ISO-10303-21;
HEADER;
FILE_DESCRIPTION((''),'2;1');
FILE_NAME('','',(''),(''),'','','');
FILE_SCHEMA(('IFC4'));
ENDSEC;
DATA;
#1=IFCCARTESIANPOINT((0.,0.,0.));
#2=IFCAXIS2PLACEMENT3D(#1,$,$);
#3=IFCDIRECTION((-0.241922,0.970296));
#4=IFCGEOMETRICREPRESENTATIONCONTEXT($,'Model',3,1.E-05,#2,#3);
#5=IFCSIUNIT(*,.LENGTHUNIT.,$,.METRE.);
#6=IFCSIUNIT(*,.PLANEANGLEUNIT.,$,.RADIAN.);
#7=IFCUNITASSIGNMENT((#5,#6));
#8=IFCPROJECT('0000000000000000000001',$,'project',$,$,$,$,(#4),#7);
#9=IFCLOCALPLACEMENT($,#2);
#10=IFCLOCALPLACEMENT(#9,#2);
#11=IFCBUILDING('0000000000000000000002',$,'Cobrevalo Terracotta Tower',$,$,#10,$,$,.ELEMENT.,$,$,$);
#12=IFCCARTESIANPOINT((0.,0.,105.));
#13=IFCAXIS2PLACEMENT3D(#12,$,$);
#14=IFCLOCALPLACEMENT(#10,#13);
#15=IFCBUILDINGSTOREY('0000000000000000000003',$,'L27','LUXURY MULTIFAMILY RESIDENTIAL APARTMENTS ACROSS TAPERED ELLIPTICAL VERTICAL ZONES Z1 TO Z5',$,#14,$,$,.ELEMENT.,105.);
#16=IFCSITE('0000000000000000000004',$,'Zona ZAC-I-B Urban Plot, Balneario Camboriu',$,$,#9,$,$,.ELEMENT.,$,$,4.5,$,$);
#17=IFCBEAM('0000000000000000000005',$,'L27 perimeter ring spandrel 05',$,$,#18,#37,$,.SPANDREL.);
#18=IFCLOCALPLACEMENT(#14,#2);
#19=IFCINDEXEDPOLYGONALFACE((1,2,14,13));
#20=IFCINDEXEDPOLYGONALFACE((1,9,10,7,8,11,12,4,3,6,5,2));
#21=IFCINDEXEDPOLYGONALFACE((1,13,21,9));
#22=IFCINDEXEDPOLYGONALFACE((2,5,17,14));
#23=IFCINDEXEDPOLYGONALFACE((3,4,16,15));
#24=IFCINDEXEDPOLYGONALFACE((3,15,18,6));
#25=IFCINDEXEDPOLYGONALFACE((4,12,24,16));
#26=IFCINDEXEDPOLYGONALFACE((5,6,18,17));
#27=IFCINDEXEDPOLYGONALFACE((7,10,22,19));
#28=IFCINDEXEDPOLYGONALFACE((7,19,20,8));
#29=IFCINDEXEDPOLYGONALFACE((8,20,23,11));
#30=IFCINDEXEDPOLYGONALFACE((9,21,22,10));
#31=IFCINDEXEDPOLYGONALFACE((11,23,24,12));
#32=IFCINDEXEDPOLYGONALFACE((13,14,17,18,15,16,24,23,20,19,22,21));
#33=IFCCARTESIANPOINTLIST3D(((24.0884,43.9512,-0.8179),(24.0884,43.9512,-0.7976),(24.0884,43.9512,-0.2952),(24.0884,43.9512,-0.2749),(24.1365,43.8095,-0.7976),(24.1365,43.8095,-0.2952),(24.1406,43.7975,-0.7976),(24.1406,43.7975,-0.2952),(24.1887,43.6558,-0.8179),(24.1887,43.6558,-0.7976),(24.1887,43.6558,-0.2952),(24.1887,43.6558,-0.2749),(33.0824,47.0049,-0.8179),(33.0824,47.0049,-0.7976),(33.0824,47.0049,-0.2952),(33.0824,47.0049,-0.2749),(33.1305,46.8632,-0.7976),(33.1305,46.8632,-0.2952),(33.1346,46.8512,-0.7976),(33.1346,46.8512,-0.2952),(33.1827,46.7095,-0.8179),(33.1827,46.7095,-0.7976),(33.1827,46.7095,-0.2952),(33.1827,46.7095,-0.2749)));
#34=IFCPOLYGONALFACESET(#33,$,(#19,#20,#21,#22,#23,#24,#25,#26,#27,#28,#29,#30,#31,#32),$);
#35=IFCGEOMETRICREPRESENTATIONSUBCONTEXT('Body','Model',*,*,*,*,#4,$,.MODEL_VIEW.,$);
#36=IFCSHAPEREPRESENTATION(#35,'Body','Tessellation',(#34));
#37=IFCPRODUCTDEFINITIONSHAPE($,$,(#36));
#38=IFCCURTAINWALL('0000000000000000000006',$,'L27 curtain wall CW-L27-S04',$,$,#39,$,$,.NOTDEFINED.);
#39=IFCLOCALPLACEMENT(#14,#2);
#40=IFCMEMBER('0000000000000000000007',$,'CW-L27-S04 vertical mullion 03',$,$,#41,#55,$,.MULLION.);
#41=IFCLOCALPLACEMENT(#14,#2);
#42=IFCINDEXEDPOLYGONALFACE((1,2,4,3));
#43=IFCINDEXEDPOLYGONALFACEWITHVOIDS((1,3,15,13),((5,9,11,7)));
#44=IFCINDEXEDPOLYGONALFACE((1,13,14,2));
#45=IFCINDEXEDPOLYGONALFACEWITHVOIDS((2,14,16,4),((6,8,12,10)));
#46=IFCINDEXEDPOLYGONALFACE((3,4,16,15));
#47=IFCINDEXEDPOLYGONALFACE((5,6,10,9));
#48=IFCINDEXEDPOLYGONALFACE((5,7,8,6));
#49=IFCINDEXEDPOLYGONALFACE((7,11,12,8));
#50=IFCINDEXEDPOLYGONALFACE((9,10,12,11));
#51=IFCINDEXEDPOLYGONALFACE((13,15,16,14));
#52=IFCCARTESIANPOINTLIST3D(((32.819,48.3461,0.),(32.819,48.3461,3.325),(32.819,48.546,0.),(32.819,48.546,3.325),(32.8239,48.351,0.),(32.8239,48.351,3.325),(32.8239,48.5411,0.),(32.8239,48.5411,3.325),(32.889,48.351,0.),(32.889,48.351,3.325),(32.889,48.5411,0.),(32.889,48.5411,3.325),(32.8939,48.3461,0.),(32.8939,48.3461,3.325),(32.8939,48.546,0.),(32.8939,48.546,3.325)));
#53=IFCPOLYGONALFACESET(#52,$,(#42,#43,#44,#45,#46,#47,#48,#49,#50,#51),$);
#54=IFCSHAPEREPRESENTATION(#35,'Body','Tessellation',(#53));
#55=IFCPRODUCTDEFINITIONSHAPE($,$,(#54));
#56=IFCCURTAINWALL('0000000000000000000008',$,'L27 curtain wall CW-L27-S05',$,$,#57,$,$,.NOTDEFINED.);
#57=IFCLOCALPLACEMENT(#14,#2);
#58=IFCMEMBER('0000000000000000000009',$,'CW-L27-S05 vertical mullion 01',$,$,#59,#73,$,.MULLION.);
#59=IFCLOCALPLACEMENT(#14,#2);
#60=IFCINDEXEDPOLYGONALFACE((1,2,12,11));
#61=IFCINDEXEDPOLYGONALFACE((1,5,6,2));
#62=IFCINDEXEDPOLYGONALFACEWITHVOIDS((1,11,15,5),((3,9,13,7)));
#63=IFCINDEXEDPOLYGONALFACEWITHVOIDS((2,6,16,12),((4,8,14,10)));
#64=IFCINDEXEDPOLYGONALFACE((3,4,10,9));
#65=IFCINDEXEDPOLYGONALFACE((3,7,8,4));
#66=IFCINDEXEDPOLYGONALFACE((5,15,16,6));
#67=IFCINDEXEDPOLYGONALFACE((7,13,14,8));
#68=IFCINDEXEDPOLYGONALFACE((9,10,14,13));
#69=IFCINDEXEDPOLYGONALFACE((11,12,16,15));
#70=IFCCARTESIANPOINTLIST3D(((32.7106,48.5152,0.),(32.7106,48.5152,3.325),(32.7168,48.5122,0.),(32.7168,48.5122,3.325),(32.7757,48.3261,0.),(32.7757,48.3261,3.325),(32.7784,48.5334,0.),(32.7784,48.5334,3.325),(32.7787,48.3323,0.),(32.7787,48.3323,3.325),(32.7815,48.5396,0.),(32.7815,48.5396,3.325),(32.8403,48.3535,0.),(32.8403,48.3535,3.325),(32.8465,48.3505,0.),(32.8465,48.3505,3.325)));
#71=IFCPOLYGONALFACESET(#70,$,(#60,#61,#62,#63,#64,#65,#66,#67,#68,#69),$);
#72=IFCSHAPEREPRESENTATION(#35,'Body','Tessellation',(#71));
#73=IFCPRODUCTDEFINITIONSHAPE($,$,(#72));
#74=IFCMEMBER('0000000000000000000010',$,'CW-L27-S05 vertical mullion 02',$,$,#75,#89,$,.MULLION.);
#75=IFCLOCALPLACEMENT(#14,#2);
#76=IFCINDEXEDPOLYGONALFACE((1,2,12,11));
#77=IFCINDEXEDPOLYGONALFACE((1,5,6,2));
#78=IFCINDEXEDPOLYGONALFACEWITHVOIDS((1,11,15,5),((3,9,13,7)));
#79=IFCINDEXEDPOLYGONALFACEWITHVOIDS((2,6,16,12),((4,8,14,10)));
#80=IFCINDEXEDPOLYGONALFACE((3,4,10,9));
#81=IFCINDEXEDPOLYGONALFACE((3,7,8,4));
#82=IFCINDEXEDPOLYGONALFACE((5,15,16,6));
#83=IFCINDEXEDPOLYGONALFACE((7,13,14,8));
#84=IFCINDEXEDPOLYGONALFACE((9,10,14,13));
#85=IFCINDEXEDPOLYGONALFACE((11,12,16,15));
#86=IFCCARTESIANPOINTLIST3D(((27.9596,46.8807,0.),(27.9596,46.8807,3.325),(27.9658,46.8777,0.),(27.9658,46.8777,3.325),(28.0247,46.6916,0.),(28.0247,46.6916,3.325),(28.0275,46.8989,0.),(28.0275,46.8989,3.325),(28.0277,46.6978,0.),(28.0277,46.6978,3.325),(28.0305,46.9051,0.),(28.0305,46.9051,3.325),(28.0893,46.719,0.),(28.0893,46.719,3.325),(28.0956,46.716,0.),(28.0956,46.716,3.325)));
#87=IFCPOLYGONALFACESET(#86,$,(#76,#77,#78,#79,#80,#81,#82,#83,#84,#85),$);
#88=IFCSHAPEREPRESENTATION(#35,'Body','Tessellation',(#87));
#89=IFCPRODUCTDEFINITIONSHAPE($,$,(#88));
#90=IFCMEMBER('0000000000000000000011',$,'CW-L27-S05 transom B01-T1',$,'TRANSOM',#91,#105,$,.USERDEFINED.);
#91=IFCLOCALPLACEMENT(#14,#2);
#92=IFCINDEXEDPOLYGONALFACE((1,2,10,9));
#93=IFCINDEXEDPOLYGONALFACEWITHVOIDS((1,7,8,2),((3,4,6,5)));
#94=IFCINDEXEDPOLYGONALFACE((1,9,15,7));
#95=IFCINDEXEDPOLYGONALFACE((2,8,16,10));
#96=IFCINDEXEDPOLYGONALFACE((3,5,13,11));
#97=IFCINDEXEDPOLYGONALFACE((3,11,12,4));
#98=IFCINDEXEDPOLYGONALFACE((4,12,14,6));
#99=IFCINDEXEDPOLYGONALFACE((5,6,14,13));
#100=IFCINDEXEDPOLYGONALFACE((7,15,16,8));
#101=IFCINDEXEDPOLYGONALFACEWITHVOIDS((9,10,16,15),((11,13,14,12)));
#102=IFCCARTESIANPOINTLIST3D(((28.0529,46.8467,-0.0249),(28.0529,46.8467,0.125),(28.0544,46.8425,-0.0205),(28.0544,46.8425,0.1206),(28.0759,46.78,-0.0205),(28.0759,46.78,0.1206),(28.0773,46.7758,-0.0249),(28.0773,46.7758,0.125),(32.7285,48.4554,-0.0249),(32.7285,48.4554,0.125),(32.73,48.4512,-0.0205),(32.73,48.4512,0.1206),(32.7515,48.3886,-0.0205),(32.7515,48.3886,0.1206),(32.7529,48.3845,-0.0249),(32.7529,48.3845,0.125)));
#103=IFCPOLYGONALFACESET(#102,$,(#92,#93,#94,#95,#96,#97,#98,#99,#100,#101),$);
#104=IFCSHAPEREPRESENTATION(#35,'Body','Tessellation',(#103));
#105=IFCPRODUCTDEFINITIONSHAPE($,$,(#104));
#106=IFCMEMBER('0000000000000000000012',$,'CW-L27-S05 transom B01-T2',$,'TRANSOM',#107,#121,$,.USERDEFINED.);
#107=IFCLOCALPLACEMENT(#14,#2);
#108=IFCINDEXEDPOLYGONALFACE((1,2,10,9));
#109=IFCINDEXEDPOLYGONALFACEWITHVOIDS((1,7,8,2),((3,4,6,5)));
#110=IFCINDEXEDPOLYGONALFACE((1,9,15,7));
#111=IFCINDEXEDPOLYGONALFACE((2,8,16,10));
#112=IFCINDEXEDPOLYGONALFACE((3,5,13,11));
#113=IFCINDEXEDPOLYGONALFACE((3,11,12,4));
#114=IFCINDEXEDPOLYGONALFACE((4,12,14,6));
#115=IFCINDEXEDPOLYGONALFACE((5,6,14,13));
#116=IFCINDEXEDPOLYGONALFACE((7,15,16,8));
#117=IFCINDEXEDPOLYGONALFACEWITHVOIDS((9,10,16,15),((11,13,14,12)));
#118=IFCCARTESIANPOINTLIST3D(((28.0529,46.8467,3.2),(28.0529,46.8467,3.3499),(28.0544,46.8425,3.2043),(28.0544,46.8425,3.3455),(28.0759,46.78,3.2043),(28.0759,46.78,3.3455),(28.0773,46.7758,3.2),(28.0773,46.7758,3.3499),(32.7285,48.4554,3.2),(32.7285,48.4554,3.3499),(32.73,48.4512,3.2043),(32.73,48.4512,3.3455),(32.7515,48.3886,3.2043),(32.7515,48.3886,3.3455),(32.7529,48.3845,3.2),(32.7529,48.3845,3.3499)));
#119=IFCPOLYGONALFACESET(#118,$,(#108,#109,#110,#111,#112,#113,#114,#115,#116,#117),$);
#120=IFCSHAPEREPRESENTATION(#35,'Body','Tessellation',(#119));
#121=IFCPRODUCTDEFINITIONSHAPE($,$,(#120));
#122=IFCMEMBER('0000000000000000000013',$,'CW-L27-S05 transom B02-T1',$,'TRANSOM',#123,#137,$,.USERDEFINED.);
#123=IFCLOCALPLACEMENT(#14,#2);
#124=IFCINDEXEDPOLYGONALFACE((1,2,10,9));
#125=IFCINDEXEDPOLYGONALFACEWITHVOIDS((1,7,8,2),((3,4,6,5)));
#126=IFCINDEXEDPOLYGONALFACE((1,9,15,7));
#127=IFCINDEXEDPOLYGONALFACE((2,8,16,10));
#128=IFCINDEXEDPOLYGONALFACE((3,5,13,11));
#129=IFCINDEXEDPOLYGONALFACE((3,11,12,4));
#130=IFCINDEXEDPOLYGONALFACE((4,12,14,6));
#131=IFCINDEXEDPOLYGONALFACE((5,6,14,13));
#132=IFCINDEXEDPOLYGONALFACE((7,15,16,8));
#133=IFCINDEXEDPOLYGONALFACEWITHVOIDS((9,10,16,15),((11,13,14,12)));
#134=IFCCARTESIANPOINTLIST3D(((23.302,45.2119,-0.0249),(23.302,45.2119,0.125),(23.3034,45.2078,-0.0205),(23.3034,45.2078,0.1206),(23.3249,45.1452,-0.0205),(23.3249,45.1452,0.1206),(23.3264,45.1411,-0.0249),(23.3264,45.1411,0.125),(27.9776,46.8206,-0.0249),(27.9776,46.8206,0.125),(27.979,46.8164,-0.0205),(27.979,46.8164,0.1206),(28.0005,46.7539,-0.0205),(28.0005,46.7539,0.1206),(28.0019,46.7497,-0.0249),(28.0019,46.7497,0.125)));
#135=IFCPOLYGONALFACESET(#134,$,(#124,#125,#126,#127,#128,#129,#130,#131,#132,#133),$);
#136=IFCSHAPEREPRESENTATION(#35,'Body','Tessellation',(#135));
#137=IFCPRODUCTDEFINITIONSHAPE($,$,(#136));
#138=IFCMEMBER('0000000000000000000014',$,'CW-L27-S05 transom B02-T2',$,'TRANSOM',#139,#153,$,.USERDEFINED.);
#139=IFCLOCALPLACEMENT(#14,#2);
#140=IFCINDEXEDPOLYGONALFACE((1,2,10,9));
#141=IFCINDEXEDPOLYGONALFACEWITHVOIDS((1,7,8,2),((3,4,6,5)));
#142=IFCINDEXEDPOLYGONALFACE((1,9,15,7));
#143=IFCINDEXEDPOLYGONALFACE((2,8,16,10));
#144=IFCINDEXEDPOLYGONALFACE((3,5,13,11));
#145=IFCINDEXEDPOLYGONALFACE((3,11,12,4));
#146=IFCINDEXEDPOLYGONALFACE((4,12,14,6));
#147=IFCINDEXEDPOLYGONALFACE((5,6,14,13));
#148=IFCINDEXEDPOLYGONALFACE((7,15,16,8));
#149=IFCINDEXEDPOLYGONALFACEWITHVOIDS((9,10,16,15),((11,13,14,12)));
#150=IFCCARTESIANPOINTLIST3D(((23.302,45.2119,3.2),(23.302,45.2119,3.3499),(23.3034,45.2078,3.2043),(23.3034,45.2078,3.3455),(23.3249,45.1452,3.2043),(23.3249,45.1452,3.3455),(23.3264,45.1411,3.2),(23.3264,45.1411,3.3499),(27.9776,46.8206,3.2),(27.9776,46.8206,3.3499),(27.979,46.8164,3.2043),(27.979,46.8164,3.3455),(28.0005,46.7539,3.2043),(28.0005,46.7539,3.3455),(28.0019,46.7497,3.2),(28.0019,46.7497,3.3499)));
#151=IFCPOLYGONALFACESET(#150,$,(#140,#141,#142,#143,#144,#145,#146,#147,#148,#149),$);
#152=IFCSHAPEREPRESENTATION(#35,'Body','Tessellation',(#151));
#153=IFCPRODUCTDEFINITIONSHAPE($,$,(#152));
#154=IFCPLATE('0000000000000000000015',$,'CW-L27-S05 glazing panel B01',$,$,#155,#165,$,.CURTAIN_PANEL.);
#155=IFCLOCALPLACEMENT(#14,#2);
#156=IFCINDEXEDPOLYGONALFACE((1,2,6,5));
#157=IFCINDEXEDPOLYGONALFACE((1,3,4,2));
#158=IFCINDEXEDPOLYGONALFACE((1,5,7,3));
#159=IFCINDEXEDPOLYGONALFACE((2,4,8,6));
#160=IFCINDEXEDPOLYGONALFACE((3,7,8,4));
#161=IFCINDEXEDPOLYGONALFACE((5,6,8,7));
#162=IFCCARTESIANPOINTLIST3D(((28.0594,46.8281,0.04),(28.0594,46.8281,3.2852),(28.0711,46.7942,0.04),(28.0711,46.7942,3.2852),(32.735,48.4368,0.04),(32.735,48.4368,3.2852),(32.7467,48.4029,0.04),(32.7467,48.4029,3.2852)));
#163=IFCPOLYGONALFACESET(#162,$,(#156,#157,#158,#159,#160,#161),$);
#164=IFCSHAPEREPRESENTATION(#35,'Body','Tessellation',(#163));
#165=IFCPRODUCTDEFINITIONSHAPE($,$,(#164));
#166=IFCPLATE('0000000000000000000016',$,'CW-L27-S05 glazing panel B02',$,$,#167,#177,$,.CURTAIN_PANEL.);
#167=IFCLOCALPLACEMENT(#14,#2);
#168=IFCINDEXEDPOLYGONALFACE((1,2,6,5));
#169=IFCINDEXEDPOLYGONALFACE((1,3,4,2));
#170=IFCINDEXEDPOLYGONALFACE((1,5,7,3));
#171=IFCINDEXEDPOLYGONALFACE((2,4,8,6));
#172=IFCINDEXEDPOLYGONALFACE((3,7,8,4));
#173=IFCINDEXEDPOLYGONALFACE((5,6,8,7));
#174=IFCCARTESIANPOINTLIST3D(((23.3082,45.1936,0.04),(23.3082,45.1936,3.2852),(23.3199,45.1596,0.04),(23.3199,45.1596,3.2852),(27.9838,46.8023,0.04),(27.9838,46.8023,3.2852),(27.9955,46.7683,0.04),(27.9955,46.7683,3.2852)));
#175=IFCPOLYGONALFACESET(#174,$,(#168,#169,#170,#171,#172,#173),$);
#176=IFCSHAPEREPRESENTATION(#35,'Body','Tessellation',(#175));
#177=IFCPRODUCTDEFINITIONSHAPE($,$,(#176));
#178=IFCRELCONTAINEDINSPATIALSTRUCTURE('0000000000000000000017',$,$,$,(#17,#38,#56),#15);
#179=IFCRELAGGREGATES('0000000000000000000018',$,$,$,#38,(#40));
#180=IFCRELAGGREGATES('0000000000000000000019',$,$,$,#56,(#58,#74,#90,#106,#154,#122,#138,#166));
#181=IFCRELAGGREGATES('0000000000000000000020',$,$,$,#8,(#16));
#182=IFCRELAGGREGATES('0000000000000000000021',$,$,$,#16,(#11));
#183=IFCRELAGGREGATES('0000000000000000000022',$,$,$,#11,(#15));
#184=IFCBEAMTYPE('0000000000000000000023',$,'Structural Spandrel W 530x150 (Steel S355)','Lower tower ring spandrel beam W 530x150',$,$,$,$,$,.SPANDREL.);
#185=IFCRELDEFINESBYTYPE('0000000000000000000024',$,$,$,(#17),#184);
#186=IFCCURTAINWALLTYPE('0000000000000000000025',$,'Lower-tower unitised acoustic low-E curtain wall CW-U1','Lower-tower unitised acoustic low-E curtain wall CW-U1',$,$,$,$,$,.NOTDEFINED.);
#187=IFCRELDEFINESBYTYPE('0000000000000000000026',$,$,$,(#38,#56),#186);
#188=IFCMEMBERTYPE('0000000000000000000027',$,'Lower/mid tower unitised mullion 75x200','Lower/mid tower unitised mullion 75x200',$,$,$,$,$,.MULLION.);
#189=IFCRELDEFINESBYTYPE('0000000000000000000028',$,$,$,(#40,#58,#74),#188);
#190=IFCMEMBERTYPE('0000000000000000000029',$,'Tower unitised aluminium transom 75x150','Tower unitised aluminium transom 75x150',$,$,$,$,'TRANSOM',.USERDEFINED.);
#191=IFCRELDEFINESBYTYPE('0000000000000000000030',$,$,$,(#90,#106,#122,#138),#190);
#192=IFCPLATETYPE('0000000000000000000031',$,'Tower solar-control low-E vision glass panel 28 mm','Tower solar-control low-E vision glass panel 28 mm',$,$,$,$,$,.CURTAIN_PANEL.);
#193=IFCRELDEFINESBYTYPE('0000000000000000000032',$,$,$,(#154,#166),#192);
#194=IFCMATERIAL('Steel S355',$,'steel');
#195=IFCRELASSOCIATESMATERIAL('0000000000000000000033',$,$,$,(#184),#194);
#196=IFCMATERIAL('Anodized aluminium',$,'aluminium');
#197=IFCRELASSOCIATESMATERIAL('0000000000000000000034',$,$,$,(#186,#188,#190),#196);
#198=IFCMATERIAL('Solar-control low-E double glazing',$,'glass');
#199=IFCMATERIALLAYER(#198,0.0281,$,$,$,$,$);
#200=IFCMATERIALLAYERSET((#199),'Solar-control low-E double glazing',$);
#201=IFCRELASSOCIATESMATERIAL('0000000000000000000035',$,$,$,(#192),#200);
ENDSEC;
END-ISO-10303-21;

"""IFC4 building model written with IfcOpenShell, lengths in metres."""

from ifc_helpers import new_model, si_unit, direction, frame, origin, origin_2d, place, context, subcontext, project, spatial, rectangle, hollow_rectangle, i_section, extrude, source, transform, mapped, material, layer, layer_set, material_profile, profile_set, type_object, element, aggregate, save


model = new_model("IFC4")

# Units and contexts
model_context = context("Model", 3, precision=1e-05, world=origin(), true_north=direction((-0.241922, 0.970296)))
body_context = subcontext(model_context, "Body", "Model", "MODEL_VIEW")
ifc_project = project(units=[si_unit("LENGTHUNIT", "METRE"), si_unit("PLANEANGLEUNIT", "RADIAN")], contexts=[model_context])

# Site, building, storey
site_placement = place(None, origin())
site = spatial("IfcSite", under=ifc_project, at=site_placement, Name="Zona ZAC-I-B Urban Plot, Balneario Camboriu", CompositionType="ELEMENT", RefElevation=4.5)
building_placement = place(site_placement, origin())
building = spatial("IfcBuilding", under=site, at=building_placement, Name="Cobrevalo Terracotta Tower", CompositionType="ELEMENT")
storey_placement = place(building_placement, frame((0.0, 0.0, 105.0)))
storey = spatial("IfcBuildingStorey", under=building, at=storey_placement, Name="L27", Description="LUXURY MULTIFAMILY RESIDENTIAL APARTMENTS ACROSS TAPERED ELLIPTICAL VERTICAL ZONES Z1 TO Z5", CompositionType="ELEMENT", Elevation=105.0)

# Shared definitions
ifc_material_1 = material(Name="Steel S355", Category="steel")

# Beam
ifc_material_profile_1 = material_profile(ifc_material_1, i_section(OverallWidth=0.312, OverallDepth=0.543, WebThickness=0.0127, FlangeThickness=0.0203, at=origin_2d()), Name="W 530x150")
ifc_profile_set_1 = profile_set([ifc_material_profile_1], Name="Steel S355")
beam_type_1 = type_object("IfcBeamType", Name="Structural Spandrel W 530x150 (Steel S355)", Description="Lower tower ring spandrel beam W 530x150", PredefinedType="SPANDREL", material=ifc_profile_set_1)
beam_1_placement = place(storey_placement, frame((33.1326, 46.8572, -0.5464), z_axis=(-0.946911, -0.321497, 0.0), x_axis=(0.321497, -0.946911, 0.0)))
element("IfcBeam", 1, at=beam_1_placement, inside=storey, type_object=beam_type_1, Name="L27 perimeter ring spandrel 05", PredefinedType="SPANDREL", context=body_context, shape_type="SweptSolid", body=[
    extrude(i_section(OverallWidth=0.312, OverallDepth=0.543, WebThickness=0.0127, FlangeThickness=0.0203, at=origin_2d()), origin(), (0.0, 0.0, 1.0), 9.4983),
])

# Curtain wall, member
ifc_material_2 = material(Name="Anodized aluminium", Category="aluminium")
curtain_wall_type = type_object("IfcCurtainWallType", Name="Lower-tower unitised acoustic low-E curtain wall CW-U1", Description="Lower-tower unitised acoustic low-E curtain wall CW-U1", PredefinedType="NOTDEFINED", material=ifc_material_2)
curtain_wall_1_placement = place(storey_placement, origin())
curtain_wall_1 = element("IfcCurtainWall", 2, at=curtain_wall_1_placement, inside=storey, type_object=curtain_wall_type, Name="L27 curtain wall CW-L27-S04", PredefinedType="NOTDEFINED")
ifc_material_profile_2 = material_profile(ifc_material_2, hollow_rectangle(XDim=0.075, YDim=0.2, WallThickness=0.0049, at=origin_2d()), Name="CWM 75x200")
ifc_profile_set_2 = profile_set([ifc_material_profile_2], Name="Anodized aluminium")
member_type_1 = type_object("IfcMemberType", Name="Lower/mid tower unitised mullion 75x200", Description="Lower/mid tower unitised mullion 75x200", PredefinedType="MULLION", material=ifc_profile_set_2)
shared_shape_1 = source(origin(), body_context, "Body", "SweptSolid", [
    extrude(hollow_rectangle(XDim=0.075, YDim=0.2, WallThickness=0.0049, at=origin_2d()), origin(), (0.0, 0.0, 1.0), 3.325),
])
member_1_placement = place(storey_placement, frame((32.8564, 48.446, 0.0), z_axis=(0.0, 0.0, 1.0), x_axis=(-1.0, 0.0, 0.0)))
member_1 = element("IfcMember", 3, at=member_1_placement, type_object=member_type_1, Name="CW-L27-S04 vertical mullion 03", PredefinedType="MULLION", context=body_context, shape_type="MappedRepresentation", body=[
    mapped(shared_shape_1, transform((0.0, 0.0, 0.0), scale=1.0)),
])
aggregate(curtain_wall_1, [member_1])

# Curtain wall, members, plates
curtain_wall_2_placement = place(storey_placement, origin())
curtain_wall_2 = element("IfcCurtainWall", 4, at=curtain_wall_2_placement, inside=storey, type_object=curtain_wall_type, Name="L27 curtain wall CW-L27-S05", PredefinedType="NOTDEFINED")
member_2_placement = place(storey_placement, frame((32.7786, 48.4329, 0.0), z_axis=(0.0, 0.0, 1.0), x_axis=(-0.945598, -0.325337, 0.0)))
member_2 = element("IfcMember", 5, at=member_2_placement, type_object=member_type_1, Name="CW-L27-S05 vertical mullion 01", PredefinedType="MULLION", context=body_context, shape_type="MappedRepresentation", body=[
    mapped(shared_shape_1, transform((0.0, 0.0, 0.0), scale=1.0)),
])
member_3_placement = place(storey_placement, frame((28.0276, 46.7983, 0.0), z_axis=(0.0, 0.0, 1.0), x_axis=(-0.945598, -0.325337, 0.0)))
member_3 = element("IfcMember", 6, at=member_3_placement, type_object=member_type_1, Name="CW-L27-S05 vertical mullion 02", PredefinedType="MULLION", context=body_context, shape_type="MappedRepresentation", body=[
    mapped(shared_shape_1, transform((0.0, 0.0, 0.0), scale=1.0)),
])
ifc_material_profile_3 = material_profile(ifc_material_2, hollow_rectangle(XDim=0.075, YDim=0.1499, WallThickness=0.0044, at=origin_2d()), Name="CWT 75x150")
ifc_profile_set_3 = profile_set([ifc_material_profile_3], Name="Anodized aluminium")
member_type_2 = type_object("IfcMemberType", Name="Tower unitised aluminium transom 75x150", Description="Tower unitised aluminium transom 75x150", ElementType="TRANSOM", PredefinedType="USERDEFINED", material=ifc_profile_set_3)
shared_shape_2 = source(origin(), body_context, "Body", "SweptSolid", [
    extrude(hollow_rectangle(XDim=0.075, YDim=0.1499, WallThickness=0.0044, at=origin_2d()), origin(), (0.0, 0.0, 1.0), 4.9446),
])
member_4_placement = place(storey_placement, frame((32.7407, 48.4199, 0.05), z_axis=(-0.945598, -0.325338, 0.0), x_axis=(0.325338, -0.945598, 0.0)))
member_4 = element("IfcMember", 7, at=member_4_placement, type_object=member_type_2, Name="CW-L27-S05 transom B01-T1", ObjectType="TRANSOM", PredefinedType="USERDEFINED", context=body_context, shape_type="MappedRepresentation", body=[
    mapped(shared_shape_2, transform((0.0, 0.0, 0.0), scale=1.0)),
])
member_5_placement = place(storey_placement, frame((32.7407, 48.4199, 3.2749), z_axis=(-0.945598, -0.325338, 0.0), x_axis=(0.325338, -0.945598, 0.0)))
member_5 = element("IfcMember", 8, at=member_5_placement, type_object=member_type_2, Name="CW-L27-S05 transom B01-T2", ObjectType="TRANSOM", PredefinedType="USERDEFINED", context=body_context, shape_type="MappedRepresentation", body=[
    mapped(shared_shape_2, transform((0.0, 0.0, 0.0), scale=1.0)),
])
member_6_placement = place(storey_placement, frame((27.9897, 46.7852, 0.05), z_axis=(-0.945598, -0.325338, 0.0), x_axis=(0.325338, -0.945598, 0.0)))
member_6 = element("IfcMember", 9, at=member_6_placement, type_object=member_type_2, Name="CW-L27-S05 transom B02-T1", ObjectType="TRANSOM", PredefinedType="USERDEFINED", context=body_context, shape_type="MappedRepresentation", body=[
    mapped(shared_shape_2, transform((0.0, 0.0, 0.0), scale=1.0)),
])
member_7_placement = place(storey_placement, frame((27.9897, 46.7852, 3.2749), z_axis=(-0.945598, -0.325338, 0.0), x_axis=(0.325338, -0.945598, 0.0)))
member_7 = element("IfcMember", 10, at=member_7_placement, type_object=member_type_2, Name="CW-L27-S05 transom B02-T2", ObjectType="TRANSOM", PredefinedType="USERDEFINED", context=body_context, shape_type="MappedRepresentation", body=[
    mapped(shared_shape_2, transform((0.0, 0.0, 0.0), scale=1.0)),
])
ifc_material_3 = material(Name="Solar-control low-E double glazing", Category="glass")
ifc_layer_1 = layer(ifc_material_3, 0.0281)
ifc_layer_set_1 = layer_set([ifc_layer_1], Name="Solar-control low-E double glazing")
plate_type = type_object("IfcPlateType", Name="Tower solar-control low-E vision glass panel 28 mm", Description="Tower solar-control low-E vision glass panel 28 mm", PredefinedType="CURTAIN_PANEL", material=ifc_layer_set_1)
shared_shape_3 = source(origin(), body_context, "Body", "SweptSolid", [
    extrude(rectangle(XDim=4.9446, YDim=0.0359, at=origin_2d()), origin(), (0.0, 0.0, 1.0), 3.2451),
])
plate_1_placement = place(storey_placement, frame((30.4031, 47.6155, 0.04), z_axis=(0.0, 0.0, 1.0), x_axis=(-0.945596, -0.325342, 0.0)))
plate_1 = element("IfcPlate", 11, at=plate_1_placement, type_object=plate_type, Name="CW-L27-S05 glazing panel B01", PredefinedType="CURTAIN_PANEL", context=body_context, shape_type="MappedRepresentation", body=[
    mapped(shared_shape_3, transform((0.0, 0.0, 0.0), scale=1.0)),
])
plate_2_placement = place(storey_placement, frame((25.6519, 45.981, 0.04), z_axis=(0.0, 0.0, 1.0), x_axis=(-0.945596, -0.325342, 0.0)))
plate_2 = element("IfcPlate", 12, at=plate_2_placement, type_object=plate_type, Name="CW-L27-S05 glazing panel B02", PredefinedType="CURTAIN_PANEL", context=body_context, shape_type="MappedRepresentation", body=[
    mapped(shared_shape_3, transform((0.0, 0.0, 0.0), scale=1.0)),
])
aggregate(curtain_wall_2, [member_2, member_3, member_4, member_5, plate_1, member_6, member_7, plate_2])

save(model, "model.ifc")
